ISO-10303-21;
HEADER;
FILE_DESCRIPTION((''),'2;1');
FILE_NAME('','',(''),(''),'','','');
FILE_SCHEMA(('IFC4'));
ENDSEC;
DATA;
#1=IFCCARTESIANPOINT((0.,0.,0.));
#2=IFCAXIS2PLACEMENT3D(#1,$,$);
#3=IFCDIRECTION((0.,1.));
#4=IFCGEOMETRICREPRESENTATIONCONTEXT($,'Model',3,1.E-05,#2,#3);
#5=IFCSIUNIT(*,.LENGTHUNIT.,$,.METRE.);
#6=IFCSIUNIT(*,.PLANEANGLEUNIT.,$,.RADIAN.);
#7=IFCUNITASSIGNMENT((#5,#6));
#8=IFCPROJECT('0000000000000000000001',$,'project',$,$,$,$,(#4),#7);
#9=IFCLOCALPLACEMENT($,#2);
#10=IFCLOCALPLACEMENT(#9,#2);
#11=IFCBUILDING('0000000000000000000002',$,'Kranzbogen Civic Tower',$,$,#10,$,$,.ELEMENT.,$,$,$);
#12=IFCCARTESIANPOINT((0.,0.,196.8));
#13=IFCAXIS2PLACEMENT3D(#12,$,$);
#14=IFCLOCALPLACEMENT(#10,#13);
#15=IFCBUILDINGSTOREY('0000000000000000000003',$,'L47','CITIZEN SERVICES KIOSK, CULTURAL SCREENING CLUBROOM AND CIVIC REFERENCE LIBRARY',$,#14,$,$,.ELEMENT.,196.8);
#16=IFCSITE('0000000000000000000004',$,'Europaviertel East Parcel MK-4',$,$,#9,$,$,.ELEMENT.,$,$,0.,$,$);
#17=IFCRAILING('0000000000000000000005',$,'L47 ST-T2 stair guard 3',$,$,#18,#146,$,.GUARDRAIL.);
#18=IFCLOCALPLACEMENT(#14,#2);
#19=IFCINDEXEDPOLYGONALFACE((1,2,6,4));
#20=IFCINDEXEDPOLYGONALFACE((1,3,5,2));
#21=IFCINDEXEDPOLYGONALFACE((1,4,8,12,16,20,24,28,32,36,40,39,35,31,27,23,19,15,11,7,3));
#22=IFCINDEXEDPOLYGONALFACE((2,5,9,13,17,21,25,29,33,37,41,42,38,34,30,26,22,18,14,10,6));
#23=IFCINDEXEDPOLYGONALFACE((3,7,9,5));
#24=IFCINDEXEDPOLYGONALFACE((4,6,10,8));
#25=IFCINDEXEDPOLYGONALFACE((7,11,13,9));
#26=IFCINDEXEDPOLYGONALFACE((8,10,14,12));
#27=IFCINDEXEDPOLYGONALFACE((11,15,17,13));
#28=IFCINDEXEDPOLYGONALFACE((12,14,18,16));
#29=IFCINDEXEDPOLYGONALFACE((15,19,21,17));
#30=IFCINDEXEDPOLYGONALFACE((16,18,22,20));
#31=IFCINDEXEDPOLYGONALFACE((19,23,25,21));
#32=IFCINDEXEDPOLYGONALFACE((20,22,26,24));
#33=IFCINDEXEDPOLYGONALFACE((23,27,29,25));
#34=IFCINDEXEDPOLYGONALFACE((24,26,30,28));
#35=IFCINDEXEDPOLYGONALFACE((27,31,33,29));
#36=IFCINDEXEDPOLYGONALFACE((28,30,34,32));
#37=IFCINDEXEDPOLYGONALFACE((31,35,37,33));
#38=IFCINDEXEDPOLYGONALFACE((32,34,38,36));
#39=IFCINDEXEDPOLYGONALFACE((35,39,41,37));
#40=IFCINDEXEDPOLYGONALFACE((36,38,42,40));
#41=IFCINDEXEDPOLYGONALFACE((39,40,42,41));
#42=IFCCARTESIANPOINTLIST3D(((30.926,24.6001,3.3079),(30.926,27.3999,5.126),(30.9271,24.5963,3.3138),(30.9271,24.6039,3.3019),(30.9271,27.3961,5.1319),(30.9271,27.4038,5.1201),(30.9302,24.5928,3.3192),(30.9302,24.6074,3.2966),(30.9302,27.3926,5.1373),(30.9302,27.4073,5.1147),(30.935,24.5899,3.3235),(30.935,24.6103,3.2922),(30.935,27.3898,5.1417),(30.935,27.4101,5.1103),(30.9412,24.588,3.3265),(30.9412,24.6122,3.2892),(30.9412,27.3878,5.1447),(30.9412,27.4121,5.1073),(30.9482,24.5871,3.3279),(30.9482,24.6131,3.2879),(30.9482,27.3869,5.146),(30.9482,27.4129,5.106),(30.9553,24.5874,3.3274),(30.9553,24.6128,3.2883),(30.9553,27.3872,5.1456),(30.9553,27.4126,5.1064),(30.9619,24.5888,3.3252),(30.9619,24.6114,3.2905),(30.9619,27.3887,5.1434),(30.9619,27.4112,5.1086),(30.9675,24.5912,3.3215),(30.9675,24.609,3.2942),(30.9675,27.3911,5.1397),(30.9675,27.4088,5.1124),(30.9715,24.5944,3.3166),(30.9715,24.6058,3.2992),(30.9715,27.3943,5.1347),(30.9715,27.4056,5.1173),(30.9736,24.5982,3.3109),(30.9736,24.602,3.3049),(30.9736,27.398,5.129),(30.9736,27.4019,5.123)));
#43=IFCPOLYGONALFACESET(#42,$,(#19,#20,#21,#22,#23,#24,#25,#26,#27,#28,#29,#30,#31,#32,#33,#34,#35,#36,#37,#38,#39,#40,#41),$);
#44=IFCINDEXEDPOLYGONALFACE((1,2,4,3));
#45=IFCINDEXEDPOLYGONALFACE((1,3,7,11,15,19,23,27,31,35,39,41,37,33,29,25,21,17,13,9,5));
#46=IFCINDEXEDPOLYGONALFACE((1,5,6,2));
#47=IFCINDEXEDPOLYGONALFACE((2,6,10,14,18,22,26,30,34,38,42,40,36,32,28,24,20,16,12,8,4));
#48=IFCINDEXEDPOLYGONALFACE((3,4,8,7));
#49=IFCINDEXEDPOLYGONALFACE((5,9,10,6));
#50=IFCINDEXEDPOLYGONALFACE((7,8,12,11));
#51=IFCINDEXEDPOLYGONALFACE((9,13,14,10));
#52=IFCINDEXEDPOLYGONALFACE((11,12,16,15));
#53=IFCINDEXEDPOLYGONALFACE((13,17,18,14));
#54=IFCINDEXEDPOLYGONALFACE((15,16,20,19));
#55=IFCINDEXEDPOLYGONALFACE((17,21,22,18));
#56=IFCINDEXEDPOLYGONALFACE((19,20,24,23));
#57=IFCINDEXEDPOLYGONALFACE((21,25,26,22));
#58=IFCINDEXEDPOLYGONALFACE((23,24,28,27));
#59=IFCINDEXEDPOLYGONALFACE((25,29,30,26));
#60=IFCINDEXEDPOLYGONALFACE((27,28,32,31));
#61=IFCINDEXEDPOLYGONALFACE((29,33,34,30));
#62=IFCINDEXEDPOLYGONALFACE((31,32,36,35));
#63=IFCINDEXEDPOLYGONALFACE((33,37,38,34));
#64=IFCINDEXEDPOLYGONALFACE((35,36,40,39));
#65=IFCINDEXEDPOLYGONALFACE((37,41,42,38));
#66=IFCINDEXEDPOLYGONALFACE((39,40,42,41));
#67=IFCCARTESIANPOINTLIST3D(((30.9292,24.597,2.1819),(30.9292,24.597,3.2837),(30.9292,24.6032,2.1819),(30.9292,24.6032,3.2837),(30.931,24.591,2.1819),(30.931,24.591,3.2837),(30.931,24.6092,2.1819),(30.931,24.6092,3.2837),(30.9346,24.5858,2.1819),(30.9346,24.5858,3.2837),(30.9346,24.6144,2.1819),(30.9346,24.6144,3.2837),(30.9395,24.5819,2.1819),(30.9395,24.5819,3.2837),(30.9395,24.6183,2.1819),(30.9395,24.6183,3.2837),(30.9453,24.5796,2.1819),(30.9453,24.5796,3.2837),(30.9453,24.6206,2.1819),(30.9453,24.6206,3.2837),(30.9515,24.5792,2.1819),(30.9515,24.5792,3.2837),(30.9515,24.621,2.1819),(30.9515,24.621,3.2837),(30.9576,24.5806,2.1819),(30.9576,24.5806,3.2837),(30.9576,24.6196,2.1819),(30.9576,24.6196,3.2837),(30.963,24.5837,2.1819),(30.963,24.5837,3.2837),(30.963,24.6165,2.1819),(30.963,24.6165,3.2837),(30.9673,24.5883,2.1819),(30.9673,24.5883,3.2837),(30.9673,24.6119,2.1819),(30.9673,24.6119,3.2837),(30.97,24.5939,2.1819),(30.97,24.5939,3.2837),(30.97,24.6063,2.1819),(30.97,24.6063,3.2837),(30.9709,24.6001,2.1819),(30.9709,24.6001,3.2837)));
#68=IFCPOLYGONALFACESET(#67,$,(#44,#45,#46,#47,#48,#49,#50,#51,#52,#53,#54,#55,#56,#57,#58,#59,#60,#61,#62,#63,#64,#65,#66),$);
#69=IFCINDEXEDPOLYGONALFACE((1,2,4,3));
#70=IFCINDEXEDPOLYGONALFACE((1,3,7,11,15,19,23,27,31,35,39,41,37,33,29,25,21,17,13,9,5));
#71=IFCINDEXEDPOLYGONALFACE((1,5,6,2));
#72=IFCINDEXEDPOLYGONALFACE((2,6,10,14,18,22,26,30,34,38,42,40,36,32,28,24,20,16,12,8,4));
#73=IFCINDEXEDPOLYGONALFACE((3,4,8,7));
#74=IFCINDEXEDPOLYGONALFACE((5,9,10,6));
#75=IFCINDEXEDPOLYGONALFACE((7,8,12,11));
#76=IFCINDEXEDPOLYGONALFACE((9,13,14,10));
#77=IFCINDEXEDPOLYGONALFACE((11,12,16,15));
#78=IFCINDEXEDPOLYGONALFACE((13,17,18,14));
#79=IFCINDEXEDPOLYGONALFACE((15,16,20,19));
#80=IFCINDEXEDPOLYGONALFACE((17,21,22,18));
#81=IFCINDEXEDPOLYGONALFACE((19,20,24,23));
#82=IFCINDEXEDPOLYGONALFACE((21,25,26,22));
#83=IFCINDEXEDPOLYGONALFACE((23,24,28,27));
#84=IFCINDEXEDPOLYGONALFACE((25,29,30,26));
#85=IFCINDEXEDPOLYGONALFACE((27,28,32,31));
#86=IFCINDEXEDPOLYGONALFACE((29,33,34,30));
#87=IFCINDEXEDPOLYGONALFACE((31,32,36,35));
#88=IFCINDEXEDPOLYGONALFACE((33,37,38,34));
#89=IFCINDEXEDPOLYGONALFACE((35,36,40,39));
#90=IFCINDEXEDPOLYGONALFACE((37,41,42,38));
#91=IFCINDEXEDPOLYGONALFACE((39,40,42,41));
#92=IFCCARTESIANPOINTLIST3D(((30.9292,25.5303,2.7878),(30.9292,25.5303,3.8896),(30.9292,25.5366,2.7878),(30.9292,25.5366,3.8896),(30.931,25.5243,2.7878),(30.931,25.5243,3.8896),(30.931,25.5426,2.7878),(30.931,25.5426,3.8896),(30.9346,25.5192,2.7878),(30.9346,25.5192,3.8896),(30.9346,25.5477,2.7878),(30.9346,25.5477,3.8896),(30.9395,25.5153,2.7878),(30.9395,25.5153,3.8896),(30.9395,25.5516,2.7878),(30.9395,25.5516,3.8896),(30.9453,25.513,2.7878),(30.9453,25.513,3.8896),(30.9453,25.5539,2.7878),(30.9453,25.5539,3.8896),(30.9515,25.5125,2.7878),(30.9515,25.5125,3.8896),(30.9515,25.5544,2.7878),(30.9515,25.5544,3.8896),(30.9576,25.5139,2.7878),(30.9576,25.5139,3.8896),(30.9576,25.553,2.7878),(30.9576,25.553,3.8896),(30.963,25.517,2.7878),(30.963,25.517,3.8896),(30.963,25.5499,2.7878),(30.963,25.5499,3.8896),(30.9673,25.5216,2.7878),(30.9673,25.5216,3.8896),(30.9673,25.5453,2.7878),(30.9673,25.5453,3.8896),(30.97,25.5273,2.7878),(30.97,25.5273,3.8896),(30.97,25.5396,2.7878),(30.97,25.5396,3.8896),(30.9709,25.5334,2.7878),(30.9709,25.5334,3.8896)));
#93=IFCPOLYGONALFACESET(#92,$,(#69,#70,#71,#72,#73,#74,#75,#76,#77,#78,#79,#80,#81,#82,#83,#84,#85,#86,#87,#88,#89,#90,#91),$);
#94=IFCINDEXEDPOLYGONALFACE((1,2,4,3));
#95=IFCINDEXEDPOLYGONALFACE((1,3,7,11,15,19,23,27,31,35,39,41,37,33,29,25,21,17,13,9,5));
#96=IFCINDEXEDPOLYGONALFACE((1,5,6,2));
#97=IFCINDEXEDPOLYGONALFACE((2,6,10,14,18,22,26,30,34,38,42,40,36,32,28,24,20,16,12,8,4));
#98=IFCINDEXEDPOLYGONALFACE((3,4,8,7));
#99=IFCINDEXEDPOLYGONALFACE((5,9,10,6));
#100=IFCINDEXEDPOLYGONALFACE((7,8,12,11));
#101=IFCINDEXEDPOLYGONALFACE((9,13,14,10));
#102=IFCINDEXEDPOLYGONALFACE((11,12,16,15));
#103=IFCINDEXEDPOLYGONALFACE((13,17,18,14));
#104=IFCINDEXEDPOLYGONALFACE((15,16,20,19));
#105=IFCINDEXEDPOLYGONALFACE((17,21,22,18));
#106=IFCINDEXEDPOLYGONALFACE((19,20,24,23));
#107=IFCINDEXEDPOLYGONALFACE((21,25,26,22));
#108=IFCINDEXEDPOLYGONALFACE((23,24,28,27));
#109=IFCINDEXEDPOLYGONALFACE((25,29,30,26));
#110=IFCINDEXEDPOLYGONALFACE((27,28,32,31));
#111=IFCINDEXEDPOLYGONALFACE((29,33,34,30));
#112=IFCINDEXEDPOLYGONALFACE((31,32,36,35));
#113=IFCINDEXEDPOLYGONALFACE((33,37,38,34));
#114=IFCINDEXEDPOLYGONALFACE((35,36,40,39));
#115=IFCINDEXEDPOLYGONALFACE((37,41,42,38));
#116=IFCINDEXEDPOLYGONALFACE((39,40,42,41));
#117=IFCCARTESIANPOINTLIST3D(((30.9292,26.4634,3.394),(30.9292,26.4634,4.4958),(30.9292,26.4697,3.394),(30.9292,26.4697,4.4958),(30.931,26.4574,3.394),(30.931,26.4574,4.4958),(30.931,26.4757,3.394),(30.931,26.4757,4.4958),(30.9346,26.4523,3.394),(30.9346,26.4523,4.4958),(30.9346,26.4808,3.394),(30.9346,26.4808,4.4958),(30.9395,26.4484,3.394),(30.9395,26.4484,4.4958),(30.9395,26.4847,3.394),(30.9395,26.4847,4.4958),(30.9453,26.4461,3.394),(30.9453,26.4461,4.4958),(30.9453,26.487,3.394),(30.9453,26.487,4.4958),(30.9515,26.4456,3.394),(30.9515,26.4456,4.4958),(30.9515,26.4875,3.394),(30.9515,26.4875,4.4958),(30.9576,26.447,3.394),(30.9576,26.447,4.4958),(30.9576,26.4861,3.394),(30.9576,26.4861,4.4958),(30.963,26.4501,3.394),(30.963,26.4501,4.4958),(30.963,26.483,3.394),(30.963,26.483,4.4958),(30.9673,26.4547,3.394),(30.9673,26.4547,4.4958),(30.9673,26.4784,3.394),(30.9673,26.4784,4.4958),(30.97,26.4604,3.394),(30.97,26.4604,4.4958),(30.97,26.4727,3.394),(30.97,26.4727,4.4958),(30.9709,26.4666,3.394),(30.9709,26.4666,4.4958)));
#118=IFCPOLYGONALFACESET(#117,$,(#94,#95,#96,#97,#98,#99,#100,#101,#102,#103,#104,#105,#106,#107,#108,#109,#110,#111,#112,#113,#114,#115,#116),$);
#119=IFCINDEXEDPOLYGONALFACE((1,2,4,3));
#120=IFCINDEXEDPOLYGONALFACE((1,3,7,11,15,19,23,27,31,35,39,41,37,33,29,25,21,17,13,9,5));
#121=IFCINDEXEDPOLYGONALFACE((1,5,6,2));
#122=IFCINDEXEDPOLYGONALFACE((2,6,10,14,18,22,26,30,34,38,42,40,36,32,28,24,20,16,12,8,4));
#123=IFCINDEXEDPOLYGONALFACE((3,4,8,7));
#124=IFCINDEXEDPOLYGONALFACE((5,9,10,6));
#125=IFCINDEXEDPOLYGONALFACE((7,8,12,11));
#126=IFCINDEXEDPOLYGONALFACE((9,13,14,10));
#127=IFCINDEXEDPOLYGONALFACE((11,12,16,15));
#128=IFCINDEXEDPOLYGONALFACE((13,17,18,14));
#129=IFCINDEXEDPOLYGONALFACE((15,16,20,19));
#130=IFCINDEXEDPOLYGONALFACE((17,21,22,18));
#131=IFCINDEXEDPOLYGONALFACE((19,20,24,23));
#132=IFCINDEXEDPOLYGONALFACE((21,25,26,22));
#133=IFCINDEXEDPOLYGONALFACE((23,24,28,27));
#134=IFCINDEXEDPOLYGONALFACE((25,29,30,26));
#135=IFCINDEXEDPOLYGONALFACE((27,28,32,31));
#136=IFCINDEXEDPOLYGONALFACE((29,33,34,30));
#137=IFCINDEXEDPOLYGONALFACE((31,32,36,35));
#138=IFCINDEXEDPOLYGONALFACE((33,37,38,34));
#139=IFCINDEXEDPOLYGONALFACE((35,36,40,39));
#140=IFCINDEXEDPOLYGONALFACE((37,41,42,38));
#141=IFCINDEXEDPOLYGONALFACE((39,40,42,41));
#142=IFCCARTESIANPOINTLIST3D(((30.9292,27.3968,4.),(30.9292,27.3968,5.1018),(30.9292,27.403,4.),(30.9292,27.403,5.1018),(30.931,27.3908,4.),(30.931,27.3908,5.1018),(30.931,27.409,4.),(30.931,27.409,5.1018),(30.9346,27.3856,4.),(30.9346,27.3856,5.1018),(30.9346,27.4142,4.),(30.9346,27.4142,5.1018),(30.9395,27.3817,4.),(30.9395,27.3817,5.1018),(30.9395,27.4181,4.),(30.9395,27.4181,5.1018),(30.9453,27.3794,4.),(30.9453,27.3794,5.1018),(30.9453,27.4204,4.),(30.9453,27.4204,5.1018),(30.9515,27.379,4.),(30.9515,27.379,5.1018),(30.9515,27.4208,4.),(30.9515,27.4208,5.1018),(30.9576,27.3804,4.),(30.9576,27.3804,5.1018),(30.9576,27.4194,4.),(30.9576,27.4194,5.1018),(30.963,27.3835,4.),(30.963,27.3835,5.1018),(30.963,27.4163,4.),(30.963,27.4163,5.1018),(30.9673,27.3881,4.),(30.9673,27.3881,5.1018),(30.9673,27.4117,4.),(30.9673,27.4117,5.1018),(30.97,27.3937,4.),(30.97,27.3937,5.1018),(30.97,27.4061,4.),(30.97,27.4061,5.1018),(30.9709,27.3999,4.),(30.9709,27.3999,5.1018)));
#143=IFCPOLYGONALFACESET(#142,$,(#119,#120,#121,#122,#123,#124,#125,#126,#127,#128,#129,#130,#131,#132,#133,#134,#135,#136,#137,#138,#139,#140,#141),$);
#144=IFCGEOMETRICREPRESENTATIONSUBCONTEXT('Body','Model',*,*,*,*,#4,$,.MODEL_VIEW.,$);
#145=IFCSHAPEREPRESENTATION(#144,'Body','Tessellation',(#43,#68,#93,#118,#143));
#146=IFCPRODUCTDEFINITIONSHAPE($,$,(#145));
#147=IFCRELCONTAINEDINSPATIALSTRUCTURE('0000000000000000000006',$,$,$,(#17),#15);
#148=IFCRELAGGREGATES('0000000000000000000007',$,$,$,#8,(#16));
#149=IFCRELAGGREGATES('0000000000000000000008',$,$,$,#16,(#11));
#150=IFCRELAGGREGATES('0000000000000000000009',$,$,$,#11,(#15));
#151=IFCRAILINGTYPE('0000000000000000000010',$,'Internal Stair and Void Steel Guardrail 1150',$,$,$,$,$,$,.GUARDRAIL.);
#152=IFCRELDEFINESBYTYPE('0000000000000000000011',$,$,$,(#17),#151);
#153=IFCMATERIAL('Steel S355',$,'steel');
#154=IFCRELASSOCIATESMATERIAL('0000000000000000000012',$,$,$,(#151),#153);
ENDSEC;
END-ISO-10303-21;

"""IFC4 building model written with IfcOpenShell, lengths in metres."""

from ifc_helpers import new_model, si_unit, direction, frame, origin, origin_2d, place, context, subcontext, project, spatial, circle, extrude, material, type_object, element, save


model = new_model("IFC4")

# Units and contexts
model_context = context("Model", 3, precision=1e-05, world=origin(), true_north=direction((0.0, 1.0)))
body_context = subcontext(model_context, "Body", "Model", "MODEL_VIEW")
ifc_project = project(units=[si_unit("LENGTHUNIT", "METRE"), si_unit("PLANEANGLEUNIT", "RADIAN")], contexts=[model_context])

# Site, building, storey
site_placement = place(None, origin())
site = spatial("IfcSite", under=ifc_project, at=site_placement, Name="Europaviertel East Parcel MK-4", CompositionType="ELEMENT", RefElevation=0.0)
building_placement = place(site_placement, origin())
building = spatial("IfcBuilding", under=site, at=building_placement, Name="Kranzbogen Civic Tower", CompositionType="ELEMENT")
storey_placement = place(building_placement, frame((0.0, 0.0, 196.8)))
storey = spatial("IfcBuildingStorey", under=building, at=storey_placement, Name="L47", Description="CITIZEN SERVICES KIOSK, CULTURAL SCREENING CLUBROOM AND CIVIC REFERENCE LIBRARY", CompositionType="ELEMENT", Elevation=196.8)

# Shared definitions
ifc_material_1 = material(Name="Steel S355", Category="steel")

# Railing
railing_type_1 = type_object("IfcRailingType", Name="Internal Stair and Void Steel Guardrail 1150", PredefinedType="GUARDRAIL", material=ifc_material_1)
railing_1_placement = place(storey_placement, frame((30.95, 24.6001, 2.1819)))
element("IfcRailing", 1, at=railing_1_placement, inside=storey, type_object=railing_type_1, Name="L47 ST-T2 stair guard 3", PredefinedType="GUARDRAIL", context=body_context, shape_type="SweptSolid", body=[
    extrude(circle(Radius=0.0239, at=origin_2d()), frame((0.0, 0.0, 1.126), z_axis=(0.0, 0.838684, 0.544618), x_axis=(-1.0, 0.0, 0.0)), (0.0, 0.0, 1.0), 3.3384),
    extrude(circle(Radius=0.021, at=origin_2d()), origin(), (0.0, 0.0, 1.0), 1.1018),
    extrude(circle(Radius=0.021, at=origin_2d()), frame((0.0, 0.9333, 0.606)), (0.0, 0.0, 1.0), 1.1018),
    extrude(circle(Radius=0.021, at=origin_2d()), frame((0.0, 1.8665, 1.2122)), (0.0, 0.0, 1.0), 1.1018),
    extrude(circle(Radius=0.021, at=origin_2d()), frame((0.0, 2.7998, 1.8181)), (0.0, 0.0, 1.0), 1.1018),
])

save(model, "model.ifc")
